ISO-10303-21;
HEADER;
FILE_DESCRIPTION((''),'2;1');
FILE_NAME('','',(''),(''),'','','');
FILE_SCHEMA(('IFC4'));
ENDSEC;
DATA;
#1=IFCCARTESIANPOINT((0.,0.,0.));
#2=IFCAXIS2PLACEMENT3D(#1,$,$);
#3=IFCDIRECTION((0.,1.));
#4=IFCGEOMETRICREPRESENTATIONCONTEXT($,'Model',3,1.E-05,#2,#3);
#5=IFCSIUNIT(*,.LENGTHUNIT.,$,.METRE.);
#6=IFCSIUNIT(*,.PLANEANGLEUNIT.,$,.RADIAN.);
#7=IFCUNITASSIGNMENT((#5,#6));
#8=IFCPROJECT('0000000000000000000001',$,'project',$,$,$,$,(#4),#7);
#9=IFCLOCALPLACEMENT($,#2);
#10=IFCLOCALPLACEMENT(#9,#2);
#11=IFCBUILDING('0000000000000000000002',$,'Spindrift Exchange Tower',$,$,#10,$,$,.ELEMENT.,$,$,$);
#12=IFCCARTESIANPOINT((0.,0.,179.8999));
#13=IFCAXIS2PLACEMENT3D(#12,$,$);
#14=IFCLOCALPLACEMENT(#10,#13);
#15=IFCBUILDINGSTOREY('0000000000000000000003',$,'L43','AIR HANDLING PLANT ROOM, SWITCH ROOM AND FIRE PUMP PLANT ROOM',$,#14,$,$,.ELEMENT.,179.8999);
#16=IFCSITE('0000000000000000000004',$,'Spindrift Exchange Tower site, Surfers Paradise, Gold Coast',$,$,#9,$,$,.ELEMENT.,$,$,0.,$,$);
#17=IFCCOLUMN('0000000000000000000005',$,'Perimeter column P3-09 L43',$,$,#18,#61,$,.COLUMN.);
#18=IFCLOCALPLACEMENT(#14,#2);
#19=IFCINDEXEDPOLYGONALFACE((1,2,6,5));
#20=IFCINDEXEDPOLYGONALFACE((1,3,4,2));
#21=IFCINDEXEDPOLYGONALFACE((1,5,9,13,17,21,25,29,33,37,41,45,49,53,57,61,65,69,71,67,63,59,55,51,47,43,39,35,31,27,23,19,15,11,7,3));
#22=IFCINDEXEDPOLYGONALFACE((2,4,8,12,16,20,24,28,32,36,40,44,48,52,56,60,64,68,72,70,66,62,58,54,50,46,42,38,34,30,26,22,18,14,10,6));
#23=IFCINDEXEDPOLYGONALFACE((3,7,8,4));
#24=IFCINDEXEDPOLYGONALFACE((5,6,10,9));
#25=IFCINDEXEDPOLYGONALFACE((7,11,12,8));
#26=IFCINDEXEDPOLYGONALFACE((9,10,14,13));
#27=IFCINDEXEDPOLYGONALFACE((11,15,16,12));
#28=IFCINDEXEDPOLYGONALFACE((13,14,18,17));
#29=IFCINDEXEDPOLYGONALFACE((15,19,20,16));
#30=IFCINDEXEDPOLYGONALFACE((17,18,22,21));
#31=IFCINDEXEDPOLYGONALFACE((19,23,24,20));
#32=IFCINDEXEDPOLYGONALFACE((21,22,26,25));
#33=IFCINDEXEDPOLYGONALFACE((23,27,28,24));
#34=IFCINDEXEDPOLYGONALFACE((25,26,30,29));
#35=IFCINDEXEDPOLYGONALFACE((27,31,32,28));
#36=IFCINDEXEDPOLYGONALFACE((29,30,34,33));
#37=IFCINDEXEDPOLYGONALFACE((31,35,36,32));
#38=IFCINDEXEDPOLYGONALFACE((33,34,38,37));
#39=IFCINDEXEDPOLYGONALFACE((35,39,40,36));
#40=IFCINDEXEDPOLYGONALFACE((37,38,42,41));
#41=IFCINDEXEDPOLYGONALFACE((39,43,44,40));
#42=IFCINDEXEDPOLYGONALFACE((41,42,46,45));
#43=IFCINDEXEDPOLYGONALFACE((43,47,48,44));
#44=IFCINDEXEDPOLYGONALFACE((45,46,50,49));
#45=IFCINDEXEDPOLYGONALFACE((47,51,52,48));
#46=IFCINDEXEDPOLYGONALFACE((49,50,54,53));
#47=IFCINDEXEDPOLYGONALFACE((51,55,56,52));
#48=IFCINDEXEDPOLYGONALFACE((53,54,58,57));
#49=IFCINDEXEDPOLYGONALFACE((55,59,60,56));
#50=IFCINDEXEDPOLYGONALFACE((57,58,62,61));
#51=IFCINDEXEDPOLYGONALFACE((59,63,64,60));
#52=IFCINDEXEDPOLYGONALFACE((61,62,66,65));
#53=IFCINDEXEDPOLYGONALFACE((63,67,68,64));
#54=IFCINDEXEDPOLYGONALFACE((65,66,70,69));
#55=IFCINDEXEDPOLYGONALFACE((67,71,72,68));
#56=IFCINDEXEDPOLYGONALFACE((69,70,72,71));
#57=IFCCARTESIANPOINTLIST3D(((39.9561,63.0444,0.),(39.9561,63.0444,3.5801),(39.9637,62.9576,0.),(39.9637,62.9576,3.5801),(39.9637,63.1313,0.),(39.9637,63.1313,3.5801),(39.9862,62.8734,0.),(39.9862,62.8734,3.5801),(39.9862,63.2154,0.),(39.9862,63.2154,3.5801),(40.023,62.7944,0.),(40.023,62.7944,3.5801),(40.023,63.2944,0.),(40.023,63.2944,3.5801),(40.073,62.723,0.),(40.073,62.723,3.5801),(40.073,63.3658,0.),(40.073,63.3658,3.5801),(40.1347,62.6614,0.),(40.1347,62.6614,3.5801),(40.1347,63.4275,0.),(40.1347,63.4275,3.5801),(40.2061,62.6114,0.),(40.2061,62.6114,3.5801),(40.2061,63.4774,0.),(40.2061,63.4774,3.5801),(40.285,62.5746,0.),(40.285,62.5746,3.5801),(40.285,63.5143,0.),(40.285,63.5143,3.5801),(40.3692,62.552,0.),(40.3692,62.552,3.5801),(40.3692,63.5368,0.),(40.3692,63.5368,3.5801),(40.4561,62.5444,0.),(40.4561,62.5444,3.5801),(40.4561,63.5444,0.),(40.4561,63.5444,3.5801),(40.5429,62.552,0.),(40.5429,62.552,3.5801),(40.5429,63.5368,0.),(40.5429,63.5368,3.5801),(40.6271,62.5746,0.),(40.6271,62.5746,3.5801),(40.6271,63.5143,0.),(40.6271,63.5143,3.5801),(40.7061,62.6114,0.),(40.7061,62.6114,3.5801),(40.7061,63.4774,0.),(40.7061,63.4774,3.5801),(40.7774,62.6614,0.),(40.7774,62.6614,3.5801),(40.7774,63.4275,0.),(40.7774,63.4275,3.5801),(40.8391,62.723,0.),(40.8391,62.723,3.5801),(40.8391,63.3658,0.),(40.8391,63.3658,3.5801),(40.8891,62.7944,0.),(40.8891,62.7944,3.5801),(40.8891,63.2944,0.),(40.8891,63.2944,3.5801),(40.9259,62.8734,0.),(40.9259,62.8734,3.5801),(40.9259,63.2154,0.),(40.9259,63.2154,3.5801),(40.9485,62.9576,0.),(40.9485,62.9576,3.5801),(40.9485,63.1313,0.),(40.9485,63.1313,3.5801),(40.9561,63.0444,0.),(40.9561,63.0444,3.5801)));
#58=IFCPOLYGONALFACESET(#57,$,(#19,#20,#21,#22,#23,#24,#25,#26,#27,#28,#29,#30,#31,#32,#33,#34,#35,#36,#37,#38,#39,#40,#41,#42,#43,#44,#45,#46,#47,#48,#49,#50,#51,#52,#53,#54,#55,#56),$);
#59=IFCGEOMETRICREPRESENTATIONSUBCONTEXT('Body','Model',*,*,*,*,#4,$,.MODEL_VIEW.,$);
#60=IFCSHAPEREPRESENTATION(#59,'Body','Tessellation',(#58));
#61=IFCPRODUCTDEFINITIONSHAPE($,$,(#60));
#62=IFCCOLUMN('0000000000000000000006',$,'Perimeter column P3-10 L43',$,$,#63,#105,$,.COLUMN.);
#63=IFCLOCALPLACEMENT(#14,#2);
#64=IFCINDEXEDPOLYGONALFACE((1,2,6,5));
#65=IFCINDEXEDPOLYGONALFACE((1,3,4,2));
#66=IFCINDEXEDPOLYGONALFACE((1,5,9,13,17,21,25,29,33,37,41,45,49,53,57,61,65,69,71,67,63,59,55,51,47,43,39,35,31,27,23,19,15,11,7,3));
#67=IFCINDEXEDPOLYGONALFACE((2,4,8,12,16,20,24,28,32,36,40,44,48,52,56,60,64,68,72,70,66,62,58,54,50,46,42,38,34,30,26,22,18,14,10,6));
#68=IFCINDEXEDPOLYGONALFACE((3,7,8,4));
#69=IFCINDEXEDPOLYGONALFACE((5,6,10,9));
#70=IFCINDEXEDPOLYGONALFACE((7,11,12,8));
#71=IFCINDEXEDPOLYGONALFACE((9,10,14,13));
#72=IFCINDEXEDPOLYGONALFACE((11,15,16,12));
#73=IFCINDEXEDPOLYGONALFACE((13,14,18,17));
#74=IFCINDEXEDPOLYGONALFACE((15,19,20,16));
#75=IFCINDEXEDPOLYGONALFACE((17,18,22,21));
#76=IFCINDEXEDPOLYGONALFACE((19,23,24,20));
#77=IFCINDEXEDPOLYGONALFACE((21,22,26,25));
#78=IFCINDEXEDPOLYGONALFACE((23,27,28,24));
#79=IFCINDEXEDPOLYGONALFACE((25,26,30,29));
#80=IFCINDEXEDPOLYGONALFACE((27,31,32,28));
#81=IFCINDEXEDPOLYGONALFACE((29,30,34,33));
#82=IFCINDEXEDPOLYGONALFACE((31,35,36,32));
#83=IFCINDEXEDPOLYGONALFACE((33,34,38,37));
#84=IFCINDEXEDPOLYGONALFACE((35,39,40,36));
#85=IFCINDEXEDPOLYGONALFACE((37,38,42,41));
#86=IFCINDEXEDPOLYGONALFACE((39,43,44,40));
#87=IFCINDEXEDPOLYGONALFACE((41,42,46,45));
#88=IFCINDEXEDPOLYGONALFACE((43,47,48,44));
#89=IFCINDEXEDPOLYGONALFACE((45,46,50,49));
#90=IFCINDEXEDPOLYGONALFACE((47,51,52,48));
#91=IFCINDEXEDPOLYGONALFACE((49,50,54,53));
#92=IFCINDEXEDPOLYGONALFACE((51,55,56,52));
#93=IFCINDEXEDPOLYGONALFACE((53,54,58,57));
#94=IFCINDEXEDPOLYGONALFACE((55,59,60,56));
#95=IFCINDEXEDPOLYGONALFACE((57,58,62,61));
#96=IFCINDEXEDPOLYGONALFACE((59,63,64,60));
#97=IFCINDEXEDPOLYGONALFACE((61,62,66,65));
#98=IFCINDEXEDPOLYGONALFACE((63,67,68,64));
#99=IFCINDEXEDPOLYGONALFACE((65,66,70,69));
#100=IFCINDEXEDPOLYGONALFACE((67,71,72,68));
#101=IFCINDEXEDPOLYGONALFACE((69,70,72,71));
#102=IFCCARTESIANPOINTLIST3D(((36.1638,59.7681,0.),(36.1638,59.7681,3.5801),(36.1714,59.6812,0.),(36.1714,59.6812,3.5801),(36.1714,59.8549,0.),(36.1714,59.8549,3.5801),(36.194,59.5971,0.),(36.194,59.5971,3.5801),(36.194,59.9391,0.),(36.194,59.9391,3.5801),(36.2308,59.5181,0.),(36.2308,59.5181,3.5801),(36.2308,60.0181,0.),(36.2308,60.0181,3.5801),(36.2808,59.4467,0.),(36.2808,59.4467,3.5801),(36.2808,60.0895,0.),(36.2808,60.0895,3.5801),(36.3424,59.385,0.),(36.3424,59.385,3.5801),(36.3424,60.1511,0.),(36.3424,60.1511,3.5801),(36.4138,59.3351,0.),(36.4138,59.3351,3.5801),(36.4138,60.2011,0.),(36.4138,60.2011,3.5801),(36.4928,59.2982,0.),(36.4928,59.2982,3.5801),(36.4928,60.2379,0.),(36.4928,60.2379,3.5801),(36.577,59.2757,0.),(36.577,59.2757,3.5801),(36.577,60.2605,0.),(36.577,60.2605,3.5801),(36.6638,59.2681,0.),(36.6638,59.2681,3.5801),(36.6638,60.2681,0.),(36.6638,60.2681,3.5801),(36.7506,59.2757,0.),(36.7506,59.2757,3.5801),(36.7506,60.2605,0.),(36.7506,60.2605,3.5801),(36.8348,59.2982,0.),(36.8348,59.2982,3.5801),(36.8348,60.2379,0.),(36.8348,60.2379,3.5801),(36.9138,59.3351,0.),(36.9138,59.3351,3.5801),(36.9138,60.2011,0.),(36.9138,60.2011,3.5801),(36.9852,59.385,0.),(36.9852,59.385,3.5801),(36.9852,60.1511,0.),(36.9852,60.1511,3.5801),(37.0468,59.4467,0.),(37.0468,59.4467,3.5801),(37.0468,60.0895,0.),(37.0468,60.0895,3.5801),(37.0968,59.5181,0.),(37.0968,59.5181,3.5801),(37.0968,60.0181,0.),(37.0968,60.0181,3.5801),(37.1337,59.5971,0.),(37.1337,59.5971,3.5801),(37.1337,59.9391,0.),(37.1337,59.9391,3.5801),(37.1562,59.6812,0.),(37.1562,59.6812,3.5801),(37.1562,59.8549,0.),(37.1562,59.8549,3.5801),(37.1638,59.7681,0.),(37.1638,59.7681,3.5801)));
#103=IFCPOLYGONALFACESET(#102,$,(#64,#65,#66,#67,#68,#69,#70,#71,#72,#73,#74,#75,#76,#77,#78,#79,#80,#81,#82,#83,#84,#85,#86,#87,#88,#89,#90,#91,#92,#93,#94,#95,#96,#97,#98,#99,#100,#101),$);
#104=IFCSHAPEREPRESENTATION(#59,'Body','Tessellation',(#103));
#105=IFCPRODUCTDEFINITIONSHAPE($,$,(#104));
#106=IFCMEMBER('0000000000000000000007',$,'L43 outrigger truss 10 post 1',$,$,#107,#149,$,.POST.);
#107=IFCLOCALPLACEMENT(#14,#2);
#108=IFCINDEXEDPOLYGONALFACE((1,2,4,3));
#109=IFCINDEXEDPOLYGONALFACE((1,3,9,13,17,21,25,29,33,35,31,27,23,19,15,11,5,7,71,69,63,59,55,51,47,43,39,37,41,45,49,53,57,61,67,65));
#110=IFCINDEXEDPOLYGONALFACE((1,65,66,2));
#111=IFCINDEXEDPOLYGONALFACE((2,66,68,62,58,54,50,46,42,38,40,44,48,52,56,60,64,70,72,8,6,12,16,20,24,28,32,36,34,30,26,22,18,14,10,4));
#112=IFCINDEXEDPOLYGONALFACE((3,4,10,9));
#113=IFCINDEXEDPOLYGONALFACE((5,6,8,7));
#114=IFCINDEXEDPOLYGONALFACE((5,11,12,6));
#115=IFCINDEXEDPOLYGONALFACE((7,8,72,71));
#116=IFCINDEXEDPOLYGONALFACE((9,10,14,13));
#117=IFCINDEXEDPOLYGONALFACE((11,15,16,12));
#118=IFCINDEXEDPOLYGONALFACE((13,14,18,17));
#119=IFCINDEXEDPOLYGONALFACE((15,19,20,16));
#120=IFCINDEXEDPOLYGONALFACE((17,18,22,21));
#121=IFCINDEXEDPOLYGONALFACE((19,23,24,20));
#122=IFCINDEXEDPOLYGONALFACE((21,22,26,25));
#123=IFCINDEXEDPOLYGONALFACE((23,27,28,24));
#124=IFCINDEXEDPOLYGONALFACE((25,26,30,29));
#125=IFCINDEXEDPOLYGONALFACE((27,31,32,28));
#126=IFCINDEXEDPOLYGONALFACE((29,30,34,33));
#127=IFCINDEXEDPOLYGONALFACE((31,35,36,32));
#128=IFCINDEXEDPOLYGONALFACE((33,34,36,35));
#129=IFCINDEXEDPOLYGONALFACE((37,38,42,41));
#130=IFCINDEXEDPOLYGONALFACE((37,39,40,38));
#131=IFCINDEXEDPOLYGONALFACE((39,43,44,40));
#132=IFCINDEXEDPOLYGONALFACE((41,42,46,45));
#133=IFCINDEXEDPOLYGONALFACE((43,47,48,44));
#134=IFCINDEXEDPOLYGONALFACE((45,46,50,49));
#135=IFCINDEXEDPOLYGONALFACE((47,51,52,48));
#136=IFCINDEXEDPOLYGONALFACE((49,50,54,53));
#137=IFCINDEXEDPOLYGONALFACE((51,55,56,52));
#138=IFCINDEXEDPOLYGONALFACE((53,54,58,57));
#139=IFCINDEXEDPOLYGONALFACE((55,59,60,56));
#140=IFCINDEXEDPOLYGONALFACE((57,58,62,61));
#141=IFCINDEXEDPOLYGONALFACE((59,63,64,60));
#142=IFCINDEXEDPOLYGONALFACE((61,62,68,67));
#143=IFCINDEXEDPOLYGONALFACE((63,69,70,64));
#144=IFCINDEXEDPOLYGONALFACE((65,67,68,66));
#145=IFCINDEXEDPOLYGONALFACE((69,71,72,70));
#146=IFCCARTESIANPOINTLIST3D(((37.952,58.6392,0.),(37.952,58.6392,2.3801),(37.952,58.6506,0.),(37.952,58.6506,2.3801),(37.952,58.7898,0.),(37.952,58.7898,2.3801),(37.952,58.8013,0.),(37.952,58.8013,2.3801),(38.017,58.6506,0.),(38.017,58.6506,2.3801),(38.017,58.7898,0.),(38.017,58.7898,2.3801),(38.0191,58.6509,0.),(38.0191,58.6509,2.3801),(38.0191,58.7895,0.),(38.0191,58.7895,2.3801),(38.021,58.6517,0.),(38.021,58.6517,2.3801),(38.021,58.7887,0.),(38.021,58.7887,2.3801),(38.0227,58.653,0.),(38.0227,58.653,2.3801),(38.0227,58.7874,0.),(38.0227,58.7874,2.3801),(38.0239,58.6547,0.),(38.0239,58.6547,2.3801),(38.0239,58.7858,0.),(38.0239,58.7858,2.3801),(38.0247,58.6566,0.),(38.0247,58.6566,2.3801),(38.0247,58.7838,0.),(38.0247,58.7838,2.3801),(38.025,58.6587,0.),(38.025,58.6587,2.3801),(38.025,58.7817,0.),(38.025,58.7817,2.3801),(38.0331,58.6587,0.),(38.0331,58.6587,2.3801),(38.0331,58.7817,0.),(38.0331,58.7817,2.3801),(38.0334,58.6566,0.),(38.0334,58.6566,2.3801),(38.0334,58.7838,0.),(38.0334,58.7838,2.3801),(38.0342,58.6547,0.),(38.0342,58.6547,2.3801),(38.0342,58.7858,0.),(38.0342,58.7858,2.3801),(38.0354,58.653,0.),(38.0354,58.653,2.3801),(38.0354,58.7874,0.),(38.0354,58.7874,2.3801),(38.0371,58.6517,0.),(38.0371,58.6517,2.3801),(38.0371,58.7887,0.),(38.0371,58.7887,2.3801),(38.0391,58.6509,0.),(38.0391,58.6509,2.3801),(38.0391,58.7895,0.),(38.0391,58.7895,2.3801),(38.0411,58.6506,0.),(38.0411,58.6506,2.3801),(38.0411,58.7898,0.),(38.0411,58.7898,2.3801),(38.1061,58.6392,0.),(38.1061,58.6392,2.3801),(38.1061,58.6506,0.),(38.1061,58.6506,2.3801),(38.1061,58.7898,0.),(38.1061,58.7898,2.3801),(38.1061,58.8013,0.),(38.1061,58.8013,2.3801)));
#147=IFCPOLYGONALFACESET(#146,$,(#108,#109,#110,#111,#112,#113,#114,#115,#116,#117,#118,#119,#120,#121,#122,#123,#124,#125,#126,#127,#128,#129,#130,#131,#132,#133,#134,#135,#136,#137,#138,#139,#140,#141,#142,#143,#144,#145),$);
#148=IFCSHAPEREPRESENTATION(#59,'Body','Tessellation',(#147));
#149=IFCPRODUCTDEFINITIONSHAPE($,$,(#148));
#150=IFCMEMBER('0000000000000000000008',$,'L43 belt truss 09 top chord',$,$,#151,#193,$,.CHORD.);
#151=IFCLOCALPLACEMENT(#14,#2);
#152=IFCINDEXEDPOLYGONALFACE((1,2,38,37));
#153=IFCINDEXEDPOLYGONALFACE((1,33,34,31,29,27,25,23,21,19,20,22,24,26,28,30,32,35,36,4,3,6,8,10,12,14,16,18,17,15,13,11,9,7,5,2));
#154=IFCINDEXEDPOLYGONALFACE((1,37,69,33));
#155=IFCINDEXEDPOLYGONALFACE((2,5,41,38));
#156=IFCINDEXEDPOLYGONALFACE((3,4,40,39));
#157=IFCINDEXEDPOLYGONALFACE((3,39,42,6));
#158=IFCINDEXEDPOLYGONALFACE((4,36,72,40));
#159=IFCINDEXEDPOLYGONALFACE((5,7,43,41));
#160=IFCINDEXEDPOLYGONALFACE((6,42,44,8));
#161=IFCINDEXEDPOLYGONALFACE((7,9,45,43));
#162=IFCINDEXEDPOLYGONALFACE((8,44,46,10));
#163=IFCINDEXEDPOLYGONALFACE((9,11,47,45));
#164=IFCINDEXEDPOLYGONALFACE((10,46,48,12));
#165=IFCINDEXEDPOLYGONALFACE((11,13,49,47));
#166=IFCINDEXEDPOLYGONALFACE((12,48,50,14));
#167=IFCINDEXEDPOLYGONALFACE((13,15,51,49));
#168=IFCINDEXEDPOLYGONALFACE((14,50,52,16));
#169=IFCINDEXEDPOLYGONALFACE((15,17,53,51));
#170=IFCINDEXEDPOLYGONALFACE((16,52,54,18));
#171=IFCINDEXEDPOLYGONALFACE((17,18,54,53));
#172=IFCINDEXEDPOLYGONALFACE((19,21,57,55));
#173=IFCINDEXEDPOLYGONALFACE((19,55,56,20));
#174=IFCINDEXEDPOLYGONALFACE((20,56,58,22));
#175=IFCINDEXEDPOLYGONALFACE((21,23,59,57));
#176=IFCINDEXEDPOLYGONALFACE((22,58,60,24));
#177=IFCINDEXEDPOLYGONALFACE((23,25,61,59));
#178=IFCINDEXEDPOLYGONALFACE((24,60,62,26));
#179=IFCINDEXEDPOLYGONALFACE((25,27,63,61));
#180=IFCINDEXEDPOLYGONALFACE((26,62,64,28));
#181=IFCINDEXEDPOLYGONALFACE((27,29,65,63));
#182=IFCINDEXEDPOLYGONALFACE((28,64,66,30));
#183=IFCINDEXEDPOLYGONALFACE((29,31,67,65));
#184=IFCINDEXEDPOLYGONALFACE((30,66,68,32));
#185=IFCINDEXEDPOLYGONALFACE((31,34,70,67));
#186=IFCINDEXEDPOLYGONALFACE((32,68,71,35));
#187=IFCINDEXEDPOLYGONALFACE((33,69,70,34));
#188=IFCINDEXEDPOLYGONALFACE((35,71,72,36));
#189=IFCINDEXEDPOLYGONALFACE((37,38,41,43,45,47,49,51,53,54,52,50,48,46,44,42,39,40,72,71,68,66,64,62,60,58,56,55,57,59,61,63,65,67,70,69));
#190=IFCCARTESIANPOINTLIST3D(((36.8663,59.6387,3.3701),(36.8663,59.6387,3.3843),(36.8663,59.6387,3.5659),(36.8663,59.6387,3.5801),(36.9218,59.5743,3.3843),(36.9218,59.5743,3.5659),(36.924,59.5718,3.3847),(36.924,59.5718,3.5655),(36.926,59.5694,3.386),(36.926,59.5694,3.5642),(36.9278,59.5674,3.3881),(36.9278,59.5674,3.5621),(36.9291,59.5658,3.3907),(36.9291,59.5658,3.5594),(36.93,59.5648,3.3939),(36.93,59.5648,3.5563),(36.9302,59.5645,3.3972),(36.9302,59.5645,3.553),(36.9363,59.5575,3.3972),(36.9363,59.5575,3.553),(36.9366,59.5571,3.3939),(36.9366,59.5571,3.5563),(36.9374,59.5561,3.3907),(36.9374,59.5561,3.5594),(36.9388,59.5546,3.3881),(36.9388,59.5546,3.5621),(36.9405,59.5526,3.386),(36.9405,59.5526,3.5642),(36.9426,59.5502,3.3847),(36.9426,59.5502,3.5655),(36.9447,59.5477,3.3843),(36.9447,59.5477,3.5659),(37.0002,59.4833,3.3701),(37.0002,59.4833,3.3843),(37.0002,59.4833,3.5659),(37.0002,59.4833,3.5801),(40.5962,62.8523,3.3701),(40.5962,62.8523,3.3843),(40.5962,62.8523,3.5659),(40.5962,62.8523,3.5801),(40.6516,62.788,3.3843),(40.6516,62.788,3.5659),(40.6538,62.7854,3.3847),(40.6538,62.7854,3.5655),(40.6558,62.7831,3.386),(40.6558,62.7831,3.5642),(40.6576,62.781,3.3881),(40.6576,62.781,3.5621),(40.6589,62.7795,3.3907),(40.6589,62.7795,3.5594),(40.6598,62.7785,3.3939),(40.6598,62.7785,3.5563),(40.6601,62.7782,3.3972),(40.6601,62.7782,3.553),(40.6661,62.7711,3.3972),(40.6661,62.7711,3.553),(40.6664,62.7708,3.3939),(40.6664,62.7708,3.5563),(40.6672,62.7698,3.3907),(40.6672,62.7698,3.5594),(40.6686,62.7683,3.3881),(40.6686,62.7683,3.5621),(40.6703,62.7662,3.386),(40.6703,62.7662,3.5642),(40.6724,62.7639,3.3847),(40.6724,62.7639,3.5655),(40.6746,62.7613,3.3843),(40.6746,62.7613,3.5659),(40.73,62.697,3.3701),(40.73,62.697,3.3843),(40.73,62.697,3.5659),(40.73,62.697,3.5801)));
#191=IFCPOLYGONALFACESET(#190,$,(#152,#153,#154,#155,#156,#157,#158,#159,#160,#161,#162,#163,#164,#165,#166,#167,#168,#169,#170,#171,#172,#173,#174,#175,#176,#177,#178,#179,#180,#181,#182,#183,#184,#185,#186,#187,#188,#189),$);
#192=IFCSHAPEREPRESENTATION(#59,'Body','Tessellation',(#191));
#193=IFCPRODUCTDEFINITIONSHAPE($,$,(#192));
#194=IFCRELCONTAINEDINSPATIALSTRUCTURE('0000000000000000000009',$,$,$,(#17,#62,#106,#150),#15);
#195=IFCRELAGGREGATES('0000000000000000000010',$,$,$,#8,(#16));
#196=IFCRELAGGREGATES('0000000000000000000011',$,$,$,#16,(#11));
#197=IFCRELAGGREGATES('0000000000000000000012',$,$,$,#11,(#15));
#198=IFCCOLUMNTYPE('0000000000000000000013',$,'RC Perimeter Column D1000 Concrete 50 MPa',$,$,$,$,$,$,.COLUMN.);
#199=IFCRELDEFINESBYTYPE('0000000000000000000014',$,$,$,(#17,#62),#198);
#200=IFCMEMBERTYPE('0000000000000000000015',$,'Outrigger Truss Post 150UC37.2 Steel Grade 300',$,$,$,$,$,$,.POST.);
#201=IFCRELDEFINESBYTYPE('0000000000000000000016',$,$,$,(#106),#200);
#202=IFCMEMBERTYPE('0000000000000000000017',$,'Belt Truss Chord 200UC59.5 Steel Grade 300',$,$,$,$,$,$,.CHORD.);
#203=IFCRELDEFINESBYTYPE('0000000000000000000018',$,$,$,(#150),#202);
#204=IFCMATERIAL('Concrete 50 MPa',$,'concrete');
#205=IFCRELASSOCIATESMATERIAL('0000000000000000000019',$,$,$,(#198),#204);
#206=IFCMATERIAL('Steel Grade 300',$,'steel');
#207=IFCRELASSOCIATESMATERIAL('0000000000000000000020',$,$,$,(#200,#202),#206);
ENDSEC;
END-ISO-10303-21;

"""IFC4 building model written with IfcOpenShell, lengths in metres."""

from ifc_helpers import new_model, si_unit, direction, frame, origin, origin_2d, place, context, subcontext, project, spatial, circle, i_section, extrude, source, transform, mapped, material, material_profile, profile_set, type_object, element, save


model = new_model("IFC4")

# Units and contexts
model_context = context("Model", 3, precision=1e-05, world=origin(), true_north=direction((0.0, 1.0)))
body_context = subcontext(model_context, "Body", "Model", "MODEL_VIEW")
ifc_project = project(units=[si_unit("LENGTHUNIT", "METRE"), si_unit("PLANEANGLEUNIT", "RADIAN")], contexts=[model_context])

# Site, building, storey
site_placement = place(None, origin())
site = spatial("IfcSite", under=ifc_project, at=site_placement, Name="Spindrift Exchange Tower site, Surfers Paradise, Gold Coast", CompositionType="ELEMENT", RefElevation=0.0)
building_placement = place(site_placement, origin())
building = spatial("IfcBuilding", under=site, at=building_placement, Name="Spindrift Exchange Tower", CompositionType="ELEMENT")
storey_placement = place(building_placement, frame((0.0, 0.0, 179.8999)))
storey = spatial("IfcBuildingStorey", under=building, at=storey_placement, Name="L43", Description="AIR HANDLING PLANT ROOM, SWITCH ROOM AND FIRE PUMP PLANT ROOM", CompositionType="ELEMENT", Elevation=179.8999)

# Columns
ifc_material_1 = material(Name="Concrete 50 MPa", Category="concrete")
ifc_material_profile_1 = material_profile(ifc_material_1, circle(Radius=0.5, at=origin_2d()), Name="RC D1000")
ifc_profile_set_1 = profile_set([ifc_material_profile_1], Name="Concrete 50 MPa")
column_type = type_object("IfcColumnType", Name="RC Perimeter Column D1000 Concrete 50 MPa", PredefinedType="COLUMN", material=ifc_profile_set_1)
shared_shape_1 = source(origin(), body_context, "Body", "SweptSolid", [
    extrude(circle(Radius=0.5, at=origin_2d()), origin(), (0.0, 0.0, 1.0), 3.5801),
])
for number, where, z_axis, x_axis, name in (
    (1, (40.4561, 63.0444, 0.0), (0.0, 0.0, 1.0), (1.0, 0.0, 0.0), "Perimeter column P3-09 L43"),
    (2, (36.6638, 59.7681, 0.0), (0.0, 0.0, 1.0), (1.0, 0.0, 0.0), "Perimeter column P3-10 L43"),
):
    element("IfcColumn", number, at=place(storey_placement, frame(where, z_axis=z_axis, x_axis=x_axis)), inside=storey, type_object=column_type, Name=name, PredefinedType="COLUMN", context=body_context, shape_type="MappedRepresentation", body=[
        mapped(shared_shape_1, transform((0.0, 0.0, 0.0), scale=1.0)),
    ])

# Members
ifc_material_2 = material(Name="Steel Grade 300", Category="steel")
ifc_material_profile_2 = material_profile(ifc_material_2, i_section(OverallWidth=0.1541, OverallDepth=0.1621, WebThickness=0.0081, FlangeThickness=0.0115, FilletRadius=0.0081, at=origin_2d()), Name="150UC37.2")
ifc_profile_set_2 = profile_set([ifc_material_profile_2], Name="Steel Grade 300")
member_type_1 = type_object("IfcMemberType", Name="Outrigger Truss Post 150UC37.2 Steel Grade 300", PredefinedType="POST", material=ifc_profile_set_2)
shared_shape_2 = source(origin(), body_context, "Body", "SweptSolid", [
    extrude(i_section(OverallWidth=0.1541, OverallDepth=0.1621, WebThickness=0.0081, FlangeThickness=0.0115, FilletRadius=0.0081, at=origin_2d()), origin(), (0.0, 0.0, 1.0), 2.3801),
])
member_1_placement = place(storey_placement, frame((38.0291, 58.7202, 0.0), z_axis=(0.0, 0.0, 1.0), x_axis=(1.0, 0.0, 0.0)))
element("IfcMember", 3, at=member_1_placement, inside=storey, type_object=member_type_1, Name="L43 outrigger truss 10 post 1", PredefinedType="POST", context=body_context, shape_type="MappedRepresentation", body=[
    mapped(shared_shape_2, transform((0.0, 0.0, 0.0), scale=1.0)),
])
ifc_material_profile_3 = material_profile(ifc_material_2, i_section(OverallWidth=0.2051, OverallDepth=0.21, WebThickness=0.0093, FlangeThickness=0.0142, FilletRadius=0.0129, at=origin_2d()), Name="200UC59.5")
ifc_profile_set_3 = profile_set([ifc_material_profile_3], Name="Steel Grade 300")
member_type_2 = type_object("IfcMemberType", Name="Belt Truss Chord 200UC59.5 Steel Grade 300", PredefinedType="CHORD", material=ifc_profile_set_3)
shared_shape_3 = source(origin(), body_context, "Body", "SweptSolid", [
    extrude(i_section(OverallWidth=0.2051, OverallDepth=0.21, WebThickness=0.0093, FlangeThickness=0.0142, FilletRadius=0.0129, at=origin_2d()), origin(), (0.0, 0.0, 1.0), 4.9233),
])
for number, where, z_axis, x_axis, name in (
    (4, (40.6631, 62.7747, 3.4751), (-0.757577, -0.652745, 0.0), (0.652745, -0.757577, 0.0), "L43 belt truss 09 top chord"),
):
    element("IfcMember", number, at=place(storey_placement, frame(where, z_axis=z_axis, x_axis=x_axis)), inside=storey, type_object=member_type_2, Name=name, PredefinedType="CHORD", context=body_context, shape_type="MappedRepresentation", body=[
        mapped(shared_shape_3, transform((0.0, 0.0, 0.0), scale=1.0)),
    ])

save(model, "model.ifc")
